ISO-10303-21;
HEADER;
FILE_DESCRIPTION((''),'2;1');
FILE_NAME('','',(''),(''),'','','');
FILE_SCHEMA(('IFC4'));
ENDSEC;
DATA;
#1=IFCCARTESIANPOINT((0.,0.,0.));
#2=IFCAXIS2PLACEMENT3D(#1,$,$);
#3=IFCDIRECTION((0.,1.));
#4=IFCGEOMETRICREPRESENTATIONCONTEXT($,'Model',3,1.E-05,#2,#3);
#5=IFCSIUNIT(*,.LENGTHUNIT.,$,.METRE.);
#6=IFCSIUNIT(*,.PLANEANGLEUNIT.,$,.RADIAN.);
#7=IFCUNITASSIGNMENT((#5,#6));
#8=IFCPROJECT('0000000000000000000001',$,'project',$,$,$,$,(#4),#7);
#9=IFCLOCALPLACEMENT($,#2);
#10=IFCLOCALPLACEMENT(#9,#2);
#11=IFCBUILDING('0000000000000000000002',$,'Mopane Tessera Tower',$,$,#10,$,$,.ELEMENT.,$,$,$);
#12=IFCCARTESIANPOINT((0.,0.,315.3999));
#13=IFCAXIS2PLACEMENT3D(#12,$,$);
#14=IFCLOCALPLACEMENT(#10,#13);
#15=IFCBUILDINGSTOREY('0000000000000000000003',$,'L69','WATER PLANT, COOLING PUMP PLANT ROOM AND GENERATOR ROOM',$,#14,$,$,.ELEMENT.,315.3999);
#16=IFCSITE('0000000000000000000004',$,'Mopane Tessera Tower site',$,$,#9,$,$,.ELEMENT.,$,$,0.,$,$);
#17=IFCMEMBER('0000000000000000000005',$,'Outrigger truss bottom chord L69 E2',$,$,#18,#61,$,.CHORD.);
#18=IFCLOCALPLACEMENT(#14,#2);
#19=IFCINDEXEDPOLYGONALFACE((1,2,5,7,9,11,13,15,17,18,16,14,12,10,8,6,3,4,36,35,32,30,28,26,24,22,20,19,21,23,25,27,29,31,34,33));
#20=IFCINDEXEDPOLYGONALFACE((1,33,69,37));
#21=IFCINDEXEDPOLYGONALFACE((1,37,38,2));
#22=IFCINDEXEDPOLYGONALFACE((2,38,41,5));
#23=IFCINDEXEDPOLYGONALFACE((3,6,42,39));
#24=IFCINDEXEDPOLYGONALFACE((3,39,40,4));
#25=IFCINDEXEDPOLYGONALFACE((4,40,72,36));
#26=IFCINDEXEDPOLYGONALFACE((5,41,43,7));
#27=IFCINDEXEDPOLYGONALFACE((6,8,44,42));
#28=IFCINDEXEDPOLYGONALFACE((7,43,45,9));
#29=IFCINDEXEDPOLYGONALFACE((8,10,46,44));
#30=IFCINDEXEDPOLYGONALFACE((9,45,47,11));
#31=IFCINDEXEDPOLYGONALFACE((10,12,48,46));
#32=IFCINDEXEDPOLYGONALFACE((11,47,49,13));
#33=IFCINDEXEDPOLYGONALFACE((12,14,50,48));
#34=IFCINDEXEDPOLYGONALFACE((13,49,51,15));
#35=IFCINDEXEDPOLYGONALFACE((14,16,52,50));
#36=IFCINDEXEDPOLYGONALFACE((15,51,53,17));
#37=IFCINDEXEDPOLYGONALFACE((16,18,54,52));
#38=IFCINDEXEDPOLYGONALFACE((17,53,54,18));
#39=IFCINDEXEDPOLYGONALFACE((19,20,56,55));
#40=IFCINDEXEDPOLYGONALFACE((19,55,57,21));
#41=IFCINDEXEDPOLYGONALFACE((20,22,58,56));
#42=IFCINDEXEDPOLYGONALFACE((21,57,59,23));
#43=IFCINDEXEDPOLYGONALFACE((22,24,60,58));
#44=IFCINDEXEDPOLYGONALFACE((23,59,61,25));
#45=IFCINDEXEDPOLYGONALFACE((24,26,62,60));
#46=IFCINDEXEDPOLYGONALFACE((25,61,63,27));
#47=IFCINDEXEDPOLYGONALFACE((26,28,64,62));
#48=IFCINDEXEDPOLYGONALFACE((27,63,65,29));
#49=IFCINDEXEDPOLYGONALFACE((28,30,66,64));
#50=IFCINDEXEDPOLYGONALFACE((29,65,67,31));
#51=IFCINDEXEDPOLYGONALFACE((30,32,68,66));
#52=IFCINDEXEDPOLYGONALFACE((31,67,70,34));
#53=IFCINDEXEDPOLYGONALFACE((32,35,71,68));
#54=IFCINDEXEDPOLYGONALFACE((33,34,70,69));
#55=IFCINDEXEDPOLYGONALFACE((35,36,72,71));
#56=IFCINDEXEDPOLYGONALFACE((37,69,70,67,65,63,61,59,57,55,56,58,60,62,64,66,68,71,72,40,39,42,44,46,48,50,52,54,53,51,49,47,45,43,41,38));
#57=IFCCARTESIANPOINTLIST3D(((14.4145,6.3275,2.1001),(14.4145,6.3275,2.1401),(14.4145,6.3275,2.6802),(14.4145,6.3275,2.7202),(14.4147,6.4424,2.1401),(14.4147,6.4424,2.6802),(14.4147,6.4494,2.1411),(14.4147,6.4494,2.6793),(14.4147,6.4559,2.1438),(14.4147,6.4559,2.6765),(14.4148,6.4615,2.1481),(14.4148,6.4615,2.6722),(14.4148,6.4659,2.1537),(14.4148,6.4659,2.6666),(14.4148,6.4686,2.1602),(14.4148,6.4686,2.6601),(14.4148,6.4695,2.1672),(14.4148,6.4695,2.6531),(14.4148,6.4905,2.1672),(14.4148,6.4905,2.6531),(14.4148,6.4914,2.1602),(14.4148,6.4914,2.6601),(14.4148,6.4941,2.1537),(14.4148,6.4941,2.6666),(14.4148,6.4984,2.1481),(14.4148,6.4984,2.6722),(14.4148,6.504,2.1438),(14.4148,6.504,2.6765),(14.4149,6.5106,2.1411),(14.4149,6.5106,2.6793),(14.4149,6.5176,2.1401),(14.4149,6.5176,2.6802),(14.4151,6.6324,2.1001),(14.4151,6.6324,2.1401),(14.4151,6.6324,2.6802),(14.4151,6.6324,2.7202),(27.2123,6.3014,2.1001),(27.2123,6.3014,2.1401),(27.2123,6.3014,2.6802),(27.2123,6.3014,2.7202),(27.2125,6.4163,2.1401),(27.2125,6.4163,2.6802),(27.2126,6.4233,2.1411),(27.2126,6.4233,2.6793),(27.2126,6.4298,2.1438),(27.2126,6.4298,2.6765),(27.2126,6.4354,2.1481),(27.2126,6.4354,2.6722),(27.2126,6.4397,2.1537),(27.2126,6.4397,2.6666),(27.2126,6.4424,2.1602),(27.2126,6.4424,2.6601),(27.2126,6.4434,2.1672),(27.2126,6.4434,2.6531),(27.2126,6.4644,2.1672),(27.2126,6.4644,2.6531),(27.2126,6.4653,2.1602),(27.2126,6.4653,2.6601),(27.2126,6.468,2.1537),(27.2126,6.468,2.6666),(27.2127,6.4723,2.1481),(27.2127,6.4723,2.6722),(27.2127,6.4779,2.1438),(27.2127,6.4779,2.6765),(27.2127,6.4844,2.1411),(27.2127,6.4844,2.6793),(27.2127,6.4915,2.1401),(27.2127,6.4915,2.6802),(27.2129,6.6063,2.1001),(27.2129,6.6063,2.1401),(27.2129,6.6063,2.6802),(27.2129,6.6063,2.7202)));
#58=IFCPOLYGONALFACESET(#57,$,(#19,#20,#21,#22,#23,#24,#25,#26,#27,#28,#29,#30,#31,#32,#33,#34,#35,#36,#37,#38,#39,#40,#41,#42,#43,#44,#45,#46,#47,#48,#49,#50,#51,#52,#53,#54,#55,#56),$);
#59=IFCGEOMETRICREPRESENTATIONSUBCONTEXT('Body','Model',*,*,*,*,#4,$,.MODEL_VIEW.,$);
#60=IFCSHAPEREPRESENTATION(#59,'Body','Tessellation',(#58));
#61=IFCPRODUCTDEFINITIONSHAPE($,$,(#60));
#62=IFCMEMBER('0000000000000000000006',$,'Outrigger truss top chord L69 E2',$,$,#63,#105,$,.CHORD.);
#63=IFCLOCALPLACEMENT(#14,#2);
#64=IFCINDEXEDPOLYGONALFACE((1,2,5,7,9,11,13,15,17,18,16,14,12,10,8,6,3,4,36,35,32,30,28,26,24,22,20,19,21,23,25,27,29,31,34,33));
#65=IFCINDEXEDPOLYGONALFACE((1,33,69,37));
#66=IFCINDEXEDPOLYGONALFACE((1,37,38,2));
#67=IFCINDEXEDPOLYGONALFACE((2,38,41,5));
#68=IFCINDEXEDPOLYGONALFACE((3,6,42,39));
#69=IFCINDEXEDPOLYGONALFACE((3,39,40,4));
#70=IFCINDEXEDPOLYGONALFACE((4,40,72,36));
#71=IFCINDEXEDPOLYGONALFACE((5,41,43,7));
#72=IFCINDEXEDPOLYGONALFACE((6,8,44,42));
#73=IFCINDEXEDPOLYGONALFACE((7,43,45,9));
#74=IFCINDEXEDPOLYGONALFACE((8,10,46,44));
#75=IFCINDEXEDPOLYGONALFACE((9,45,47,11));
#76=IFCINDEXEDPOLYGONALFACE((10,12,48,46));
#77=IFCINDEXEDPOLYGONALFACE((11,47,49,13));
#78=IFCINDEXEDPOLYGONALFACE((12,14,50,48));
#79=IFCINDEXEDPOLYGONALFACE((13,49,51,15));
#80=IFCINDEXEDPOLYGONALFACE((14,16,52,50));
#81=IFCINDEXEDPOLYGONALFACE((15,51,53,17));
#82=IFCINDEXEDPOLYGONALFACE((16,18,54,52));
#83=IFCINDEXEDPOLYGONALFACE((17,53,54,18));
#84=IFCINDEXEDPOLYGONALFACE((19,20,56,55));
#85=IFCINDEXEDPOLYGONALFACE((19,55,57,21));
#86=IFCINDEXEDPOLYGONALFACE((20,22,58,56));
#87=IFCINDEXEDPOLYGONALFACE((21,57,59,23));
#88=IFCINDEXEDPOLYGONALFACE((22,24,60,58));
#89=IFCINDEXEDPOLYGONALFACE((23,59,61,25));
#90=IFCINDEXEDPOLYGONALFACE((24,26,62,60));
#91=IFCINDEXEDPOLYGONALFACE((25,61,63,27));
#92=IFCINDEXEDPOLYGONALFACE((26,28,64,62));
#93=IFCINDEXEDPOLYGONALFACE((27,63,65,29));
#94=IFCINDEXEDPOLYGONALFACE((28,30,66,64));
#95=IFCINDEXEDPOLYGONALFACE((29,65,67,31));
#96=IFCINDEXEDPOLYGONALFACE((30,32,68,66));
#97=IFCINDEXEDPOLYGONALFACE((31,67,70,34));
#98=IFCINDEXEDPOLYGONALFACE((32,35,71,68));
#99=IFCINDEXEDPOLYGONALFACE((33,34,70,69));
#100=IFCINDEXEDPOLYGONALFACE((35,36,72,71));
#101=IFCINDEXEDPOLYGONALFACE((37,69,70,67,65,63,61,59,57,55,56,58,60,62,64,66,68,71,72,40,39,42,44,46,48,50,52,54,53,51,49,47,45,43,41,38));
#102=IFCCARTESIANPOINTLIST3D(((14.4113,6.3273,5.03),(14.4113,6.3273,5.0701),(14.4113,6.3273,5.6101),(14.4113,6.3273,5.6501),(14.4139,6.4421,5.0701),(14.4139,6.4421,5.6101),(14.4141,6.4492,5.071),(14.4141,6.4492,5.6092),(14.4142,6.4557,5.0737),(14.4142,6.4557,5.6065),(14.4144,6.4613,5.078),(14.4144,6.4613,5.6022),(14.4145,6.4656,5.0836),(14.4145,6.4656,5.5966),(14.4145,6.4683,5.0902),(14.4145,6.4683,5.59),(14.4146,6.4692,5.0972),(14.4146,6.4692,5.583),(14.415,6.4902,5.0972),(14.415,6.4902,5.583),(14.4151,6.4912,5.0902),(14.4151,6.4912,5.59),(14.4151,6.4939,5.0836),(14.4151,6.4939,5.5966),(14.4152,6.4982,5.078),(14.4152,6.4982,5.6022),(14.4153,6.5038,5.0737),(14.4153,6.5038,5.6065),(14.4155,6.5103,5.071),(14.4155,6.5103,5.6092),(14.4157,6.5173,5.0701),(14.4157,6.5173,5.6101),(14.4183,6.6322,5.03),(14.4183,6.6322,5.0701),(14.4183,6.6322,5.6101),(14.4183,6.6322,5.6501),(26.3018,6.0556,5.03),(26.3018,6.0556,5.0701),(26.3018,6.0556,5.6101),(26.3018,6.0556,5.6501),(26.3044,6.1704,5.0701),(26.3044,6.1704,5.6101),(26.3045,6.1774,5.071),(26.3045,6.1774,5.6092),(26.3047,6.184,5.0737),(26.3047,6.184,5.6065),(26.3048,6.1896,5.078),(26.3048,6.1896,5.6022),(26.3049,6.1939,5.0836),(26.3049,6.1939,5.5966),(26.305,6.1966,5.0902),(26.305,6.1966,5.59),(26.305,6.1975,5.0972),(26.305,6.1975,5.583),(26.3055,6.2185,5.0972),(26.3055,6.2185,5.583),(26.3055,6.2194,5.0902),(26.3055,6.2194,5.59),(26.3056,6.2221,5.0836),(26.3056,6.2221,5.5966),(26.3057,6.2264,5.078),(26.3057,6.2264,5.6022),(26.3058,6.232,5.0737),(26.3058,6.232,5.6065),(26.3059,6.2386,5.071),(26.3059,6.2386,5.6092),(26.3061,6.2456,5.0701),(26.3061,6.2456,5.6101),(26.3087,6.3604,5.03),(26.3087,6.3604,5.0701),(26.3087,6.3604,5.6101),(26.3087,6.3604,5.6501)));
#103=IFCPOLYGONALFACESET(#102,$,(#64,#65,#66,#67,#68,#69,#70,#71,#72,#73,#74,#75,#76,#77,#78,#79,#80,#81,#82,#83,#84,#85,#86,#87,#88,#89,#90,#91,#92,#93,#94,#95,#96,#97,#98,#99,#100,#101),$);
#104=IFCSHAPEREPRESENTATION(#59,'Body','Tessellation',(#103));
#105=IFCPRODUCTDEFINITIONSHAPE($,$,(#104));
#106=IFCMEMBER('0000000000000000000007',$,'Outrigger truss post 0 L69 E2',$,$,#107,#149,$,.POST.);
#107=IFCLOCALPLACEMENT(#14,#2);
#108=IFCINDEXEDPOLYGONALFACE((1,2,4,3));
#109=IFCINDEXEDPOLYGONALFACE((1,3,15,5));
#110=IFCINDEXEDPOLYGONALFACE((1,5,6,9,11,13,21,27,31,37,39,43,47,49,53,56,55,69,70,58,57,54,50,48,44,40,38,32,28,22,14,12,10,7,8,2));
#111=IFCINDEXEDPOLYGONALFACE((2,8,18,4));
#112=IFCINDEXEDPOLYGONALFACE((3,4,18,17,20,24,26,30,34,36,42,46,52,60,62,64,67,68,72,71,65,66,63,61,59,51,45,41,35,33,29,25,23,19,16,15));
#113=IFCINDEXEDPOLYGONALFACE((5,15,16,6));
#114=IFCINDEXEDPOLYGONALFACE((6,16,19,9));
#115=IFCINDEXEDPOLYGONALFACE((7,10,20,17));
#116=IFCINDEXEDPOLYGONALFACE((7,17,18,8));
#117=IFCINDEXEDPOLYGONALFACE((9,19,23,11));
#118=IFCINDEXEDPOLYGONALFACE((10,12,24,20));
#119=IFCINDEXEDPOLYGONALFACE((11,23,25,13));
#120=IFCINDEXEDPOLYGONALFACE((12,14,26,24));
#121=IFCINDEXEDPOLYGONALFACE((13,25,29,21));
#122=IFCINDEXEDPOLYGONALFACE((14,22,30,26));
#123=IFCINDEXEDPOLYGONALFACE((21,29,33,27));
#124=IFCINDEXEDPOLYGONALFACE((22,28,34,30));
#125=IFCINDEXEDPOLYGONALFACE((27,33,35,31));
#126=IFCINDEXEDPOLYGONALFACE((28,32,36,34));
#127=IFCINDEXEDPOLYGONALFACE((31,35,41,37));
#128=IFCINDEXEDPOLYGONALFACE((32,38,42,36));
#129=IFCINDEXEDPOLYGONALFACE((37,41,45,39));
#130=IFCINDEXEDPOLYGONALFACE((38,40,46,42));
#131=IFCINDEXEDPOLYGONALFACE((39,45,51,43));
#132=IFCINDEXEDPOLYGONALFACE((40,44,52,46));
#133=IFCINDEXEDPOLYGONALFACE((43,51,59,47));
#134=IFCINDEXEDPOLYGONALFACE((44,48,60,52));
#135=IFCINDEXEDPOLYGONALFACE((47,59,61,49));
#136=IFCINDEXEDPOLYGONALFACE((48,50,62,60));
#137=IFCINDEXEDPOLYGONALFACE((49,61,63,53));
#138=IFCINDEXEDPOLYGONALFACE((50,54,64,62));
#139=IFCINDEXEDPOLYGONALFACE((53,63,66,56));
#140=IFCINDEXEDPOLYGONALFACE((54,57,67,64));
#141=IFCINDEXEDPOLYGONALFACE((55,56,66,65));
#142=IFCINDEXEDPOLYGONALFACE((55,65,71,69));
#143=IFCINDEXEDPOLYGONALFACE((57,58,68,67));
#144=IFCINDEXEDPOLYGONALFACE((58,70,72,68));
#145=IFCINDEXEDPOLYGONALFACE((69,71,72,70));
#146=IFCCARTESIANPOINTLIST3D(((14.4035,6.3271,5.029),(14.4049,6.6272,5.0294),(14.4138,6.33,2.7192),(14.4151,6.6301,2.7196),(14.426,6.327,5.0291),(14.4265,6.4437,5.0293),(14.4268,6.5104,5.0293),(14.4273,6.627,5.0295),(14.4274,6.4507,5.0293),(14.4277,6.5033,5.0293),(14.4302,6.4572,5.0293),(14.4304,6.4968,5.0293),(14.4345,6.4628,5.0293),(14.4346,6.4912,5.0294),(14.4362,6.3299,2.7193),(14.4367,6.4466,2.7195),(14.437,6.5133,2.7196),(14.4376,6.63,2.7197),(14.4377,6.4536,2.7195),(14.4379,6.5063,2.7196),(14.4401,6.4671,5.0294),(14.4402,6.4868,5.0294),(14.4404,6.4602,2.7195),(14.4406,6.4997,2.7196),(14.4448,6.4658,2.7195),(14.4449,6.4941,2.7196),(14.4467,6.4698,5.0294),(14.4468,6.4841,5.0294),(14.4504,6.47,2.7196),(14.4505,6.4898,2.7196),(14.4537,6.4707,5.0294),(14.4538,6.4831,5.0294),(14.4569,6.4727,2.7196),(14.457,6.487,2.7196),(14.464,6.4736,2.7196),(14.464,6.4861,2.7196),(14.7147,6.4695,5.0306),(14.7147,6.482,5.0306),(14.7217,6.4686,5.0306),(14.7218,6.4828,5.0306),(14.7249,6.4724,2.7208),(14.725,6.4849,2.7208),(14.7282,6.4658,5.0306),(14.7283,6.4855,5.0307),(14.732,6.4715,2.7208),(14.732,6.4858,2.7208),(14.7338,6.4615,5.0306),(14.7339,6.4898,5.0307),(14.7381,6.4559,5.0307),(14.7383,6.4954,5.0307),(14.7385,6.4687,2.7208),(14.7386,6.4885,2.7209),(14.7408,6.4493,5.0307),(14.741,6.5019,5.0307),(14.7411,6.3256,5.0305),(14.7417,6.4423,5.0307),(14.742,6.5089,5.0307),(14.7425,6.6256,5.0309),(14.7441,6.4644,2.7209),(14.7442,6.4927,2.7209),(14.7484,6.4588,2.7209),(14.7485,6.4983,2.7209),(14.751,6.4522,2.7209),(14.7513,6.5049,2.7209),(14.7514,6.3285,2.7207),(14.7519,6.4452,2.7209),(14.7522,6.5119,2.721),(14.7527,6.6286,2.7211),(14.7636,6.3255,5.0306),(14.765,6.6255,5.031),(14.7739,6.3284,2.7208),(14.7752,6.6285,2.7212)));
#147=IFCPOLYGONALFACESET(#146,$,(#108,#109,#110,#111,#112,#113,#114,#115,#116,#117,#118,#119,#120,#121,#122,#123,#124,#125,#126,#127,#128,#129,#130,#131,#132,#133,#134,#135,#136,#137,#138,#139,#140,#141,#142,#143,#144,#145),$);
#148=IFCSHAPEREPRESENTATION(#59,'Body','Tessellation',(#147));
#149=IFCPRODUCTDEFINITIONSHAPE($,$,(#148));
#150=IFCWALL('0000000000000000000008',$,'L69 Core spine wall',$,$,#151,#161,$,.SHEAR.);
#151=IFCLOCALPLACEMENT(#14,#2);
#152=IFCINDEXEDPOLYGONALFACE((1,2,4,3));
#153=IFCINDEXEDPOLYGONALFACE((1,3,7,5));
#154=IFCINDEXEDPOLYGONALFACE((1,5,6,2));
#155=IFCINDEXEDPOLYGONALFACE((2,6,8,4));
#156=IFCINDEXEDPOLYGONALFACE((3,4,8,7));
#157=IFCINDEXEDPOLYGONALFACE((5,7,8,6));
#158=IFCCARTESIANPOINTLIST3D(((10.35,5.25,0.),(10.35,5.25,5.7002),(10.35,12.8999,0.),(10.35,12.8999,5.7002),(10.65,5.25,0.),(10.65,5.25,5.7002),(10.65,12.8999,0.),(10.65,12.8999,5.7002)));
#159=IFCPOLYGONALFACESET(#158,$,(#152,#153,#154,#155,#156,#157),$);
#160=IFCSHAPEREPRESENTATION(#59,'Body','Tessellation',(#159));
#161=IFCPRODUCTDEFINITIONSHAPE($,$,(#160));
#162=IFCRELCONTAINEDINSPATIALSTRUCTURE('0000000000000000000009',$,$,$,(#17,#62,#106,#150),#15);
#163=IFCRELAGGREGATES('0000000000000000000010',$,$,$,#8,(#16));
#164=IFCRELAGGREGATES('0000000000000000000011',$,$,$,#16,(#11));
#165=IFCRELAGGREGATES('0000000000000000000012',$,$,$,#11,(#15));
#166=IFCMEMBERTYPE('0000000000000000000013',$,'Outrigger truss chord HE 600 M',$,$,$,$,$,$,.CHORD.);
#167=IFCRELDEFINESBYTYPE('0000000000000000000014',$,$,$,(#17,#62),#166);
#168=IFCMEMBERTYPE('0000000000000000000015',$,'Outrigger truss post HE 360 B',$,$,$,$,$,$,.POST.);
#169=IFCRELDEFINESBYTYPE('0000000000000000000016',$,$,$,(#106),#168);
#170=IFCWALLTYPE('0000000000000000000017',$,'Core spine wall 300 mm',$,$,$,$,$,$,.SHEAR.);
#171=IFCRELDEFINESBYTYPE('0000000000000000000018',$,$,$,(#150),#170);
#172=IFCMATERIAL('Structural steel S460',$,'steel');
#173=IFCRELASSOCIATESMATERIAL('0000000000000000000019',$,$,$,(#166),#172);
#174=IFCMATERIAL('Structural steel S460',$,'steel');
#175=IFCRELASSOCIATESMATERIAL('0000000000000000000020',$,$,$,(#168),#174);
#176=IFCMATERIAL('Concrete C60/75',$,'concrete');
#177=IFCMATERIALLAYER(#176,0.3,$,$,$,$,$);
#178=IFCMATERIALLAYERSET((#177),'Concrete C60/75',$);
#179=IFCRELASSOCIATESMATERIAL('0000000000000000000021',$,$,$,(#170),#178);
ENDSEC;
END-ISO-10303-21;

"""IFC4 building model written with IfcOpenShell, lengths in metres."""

from ifc_helpers import new_model, si_unit, direction, frame, frame_2d, origin, origin_2d, place, context, subcontext, project, spatial, rectangle, i_section, extrude, material, layer, layer_set, material_profile, profile_set, type_object, element, save


model = new_model("IFC4")

# Units and contexts
model_context = context("Model", 3, precision=1e-05, world=origin(), true_north=direction((0.0, 1.0)))
body_context = subcontext(model_context, "Body", "Model", "MODEL_VIEW")
ifc_project = project(units=[si_unit("LENGTHUNIT", "METRE"), si_unit("PLANEANGLEUNIT", "RADIAN")], contexts=[model_context])

# Site, building, storey
site_placement = place(None, origin())
site = spatial("IfcSite", under=ifc_project, at=site_placement, Name="Mopane Tessera Tower site", CompositionType="ELEMENT", RefElevation=0.0)
building_placement = place(site_placement, origin())
building = spatial("IfcBuilding", under=site, at=building_placement, Name="Mopane Tessera Tower", CompositionType="ELEMENT")
storey_placement = place(building_placement, frame((0.0, 0.0, 315.3999)))
storey = spatial("IfcBuildingStorey", under=building, at=storey_placement, Name="L69", Description="WATER PLANT, COOLING PUMP PLANT ROOM AND GENERATOR ROOM", CompositionType="ELEMENT", Elevation=315.3999)

# Members
ifc_material_1 = material(Name="Structural steel S460", Category="steel")
ifc_material_profile_1 = material_profile(ifc_material_1, i_section(OverallWidth=0.3049, OverallDepth=0.6201, WebThickness=0.021, FlangeThickness=0.04, FilletRadius=0.0271, at=origin_2d()))
ifc_profile_set_1 = profile_set([ifc_material_profile_1], Name="Structural steel S460")
member_type_1 = type_object("IfcMemberType", Name="Outrigger truss chord HE 600 M", PredefinedType="CHORD", material=ifc_profile_set_1)
member_1_placement = place(storey_placement, frame((14.4148, 6.48, 2.4102), z_axis=(0.999998, -0.002041, 0.0), x_axis=(0.002041, 0.999998, 0.0)))
element("IfcMember", 1, at=member_1_placement, inside=storey, type_object=member_type_1, Name="Outrigger truss bottom chord L69 E2", PredefinedType="CHORD", context=body_context, shape_type="SweptSolid", body=[
    extrude(i_section(OverallWidth=0.3049, OverallDepth=0.6201, WebThickness=0.021, FlangeThickness=0.04, FilletRadius=0.0271, at=origin_2d()), origin(), (0.0, 0.0, 1.0), 12.7979),
])
member_2_placement = place(storey_placement, frame((14.4148, 6.4797, 5.3401), z_axis=(0.999739, -0.022847, 0.0), x_axis=(0.022847, 0.999739, 0.0)))
element("IfcMember", 2, at=member_2_placement, inside=storey, type_object=member_type_1, Name="Outrigger truss top chord L69 E2", PredefinedType="CHORD", context=body_context, shape_type="SweptSolid", body=[
    extrude(i_section(OverallWidth=0.3049, OverallDepth=0.6201, WebThickness=0.021, FlangeThickness=0.04, FilletRadius=0.0271, at=origin_2d()), origin(), (0.0, 0.0, 1.0), 11.8936),
])
ifc_material_2 = material(Name="Structural steel S460", Category="steel")
ifc_material_profile_2 = material_profile(ifc_material_2, i_section(OverallWidth=0.3, OverallDepth=0.3601, WebThickness=0.0125, FlangeThickness=0.0225, FilletRadius=0.0271, at=origin_2d()))
ifc_profile_set_2 = profile_set([ifc_material_profile_2], Name="Structural steel S460")
member_type_2 = type_object("IfcMemberType", Name="Outrigger truss post HE 360 B", PredefinedType="POST", material=ifc_profile_set_2)
member_3_placement = place(storey_placement, frame((14.5945, 6.4792, 2.7202), z_axis=(-0.004439, -0.001268, 0.999989), x_axis=(0.004491, 0.999989, 0.001288)))
element("IfcMember", 3, at=member_3_placement, inside=storey, type_object=member_type_2, Name="Outrigger truss post 0 L69 E2", PredefinedType="POST", context=body_context, shape_type="SweptSolid", body=[
    extrude(i_section(OverallWidth=0.3, OverallDepth=0.3601, WebThickness=0.0125, FlangeThickness=0.0225, FilletRadius=0.0271, at=origin_2d()), origin(), (0.0, 0.0, 1.0), 2.3098),
])

# Wall
ifc_material_3 = material(Name="Concrete C60/75", Category="concrete")
ifc_layer_1 = layer(ifc_material_3, 0.3)
ifc_layer_set_1 = layer_set([ifc_layer_1], Name="Concrete C60/75")
wall_type_1 = type_object("IfcWallType", Name="Core spine wall 300 mm", PredefinedType="SHEAR", material=ifc_layer_set_1)
wall_1_placement = place(storey_placement, frame((10.5, 5.25, 0.0), z_axis=(0.0, 0.0, 1.0), x_axis=(0.0, 1.0, 0.0)))
element("IfcWall", 4, at=wall_1_placement, inside=storey, type_object=wall_type_1, Name="L69 Core spine wall", PredefinedType="SHEAR", context=body_context, shape_type="SweptSolid", body=[
    extrude(rectangle(XDim=7.6499, YDim=0.3, at=frame_2d((3.825, 0.0))), origin(), (0.0, 0.0, 1.0), 5.7002),
])

save(model, "model.ifc")
